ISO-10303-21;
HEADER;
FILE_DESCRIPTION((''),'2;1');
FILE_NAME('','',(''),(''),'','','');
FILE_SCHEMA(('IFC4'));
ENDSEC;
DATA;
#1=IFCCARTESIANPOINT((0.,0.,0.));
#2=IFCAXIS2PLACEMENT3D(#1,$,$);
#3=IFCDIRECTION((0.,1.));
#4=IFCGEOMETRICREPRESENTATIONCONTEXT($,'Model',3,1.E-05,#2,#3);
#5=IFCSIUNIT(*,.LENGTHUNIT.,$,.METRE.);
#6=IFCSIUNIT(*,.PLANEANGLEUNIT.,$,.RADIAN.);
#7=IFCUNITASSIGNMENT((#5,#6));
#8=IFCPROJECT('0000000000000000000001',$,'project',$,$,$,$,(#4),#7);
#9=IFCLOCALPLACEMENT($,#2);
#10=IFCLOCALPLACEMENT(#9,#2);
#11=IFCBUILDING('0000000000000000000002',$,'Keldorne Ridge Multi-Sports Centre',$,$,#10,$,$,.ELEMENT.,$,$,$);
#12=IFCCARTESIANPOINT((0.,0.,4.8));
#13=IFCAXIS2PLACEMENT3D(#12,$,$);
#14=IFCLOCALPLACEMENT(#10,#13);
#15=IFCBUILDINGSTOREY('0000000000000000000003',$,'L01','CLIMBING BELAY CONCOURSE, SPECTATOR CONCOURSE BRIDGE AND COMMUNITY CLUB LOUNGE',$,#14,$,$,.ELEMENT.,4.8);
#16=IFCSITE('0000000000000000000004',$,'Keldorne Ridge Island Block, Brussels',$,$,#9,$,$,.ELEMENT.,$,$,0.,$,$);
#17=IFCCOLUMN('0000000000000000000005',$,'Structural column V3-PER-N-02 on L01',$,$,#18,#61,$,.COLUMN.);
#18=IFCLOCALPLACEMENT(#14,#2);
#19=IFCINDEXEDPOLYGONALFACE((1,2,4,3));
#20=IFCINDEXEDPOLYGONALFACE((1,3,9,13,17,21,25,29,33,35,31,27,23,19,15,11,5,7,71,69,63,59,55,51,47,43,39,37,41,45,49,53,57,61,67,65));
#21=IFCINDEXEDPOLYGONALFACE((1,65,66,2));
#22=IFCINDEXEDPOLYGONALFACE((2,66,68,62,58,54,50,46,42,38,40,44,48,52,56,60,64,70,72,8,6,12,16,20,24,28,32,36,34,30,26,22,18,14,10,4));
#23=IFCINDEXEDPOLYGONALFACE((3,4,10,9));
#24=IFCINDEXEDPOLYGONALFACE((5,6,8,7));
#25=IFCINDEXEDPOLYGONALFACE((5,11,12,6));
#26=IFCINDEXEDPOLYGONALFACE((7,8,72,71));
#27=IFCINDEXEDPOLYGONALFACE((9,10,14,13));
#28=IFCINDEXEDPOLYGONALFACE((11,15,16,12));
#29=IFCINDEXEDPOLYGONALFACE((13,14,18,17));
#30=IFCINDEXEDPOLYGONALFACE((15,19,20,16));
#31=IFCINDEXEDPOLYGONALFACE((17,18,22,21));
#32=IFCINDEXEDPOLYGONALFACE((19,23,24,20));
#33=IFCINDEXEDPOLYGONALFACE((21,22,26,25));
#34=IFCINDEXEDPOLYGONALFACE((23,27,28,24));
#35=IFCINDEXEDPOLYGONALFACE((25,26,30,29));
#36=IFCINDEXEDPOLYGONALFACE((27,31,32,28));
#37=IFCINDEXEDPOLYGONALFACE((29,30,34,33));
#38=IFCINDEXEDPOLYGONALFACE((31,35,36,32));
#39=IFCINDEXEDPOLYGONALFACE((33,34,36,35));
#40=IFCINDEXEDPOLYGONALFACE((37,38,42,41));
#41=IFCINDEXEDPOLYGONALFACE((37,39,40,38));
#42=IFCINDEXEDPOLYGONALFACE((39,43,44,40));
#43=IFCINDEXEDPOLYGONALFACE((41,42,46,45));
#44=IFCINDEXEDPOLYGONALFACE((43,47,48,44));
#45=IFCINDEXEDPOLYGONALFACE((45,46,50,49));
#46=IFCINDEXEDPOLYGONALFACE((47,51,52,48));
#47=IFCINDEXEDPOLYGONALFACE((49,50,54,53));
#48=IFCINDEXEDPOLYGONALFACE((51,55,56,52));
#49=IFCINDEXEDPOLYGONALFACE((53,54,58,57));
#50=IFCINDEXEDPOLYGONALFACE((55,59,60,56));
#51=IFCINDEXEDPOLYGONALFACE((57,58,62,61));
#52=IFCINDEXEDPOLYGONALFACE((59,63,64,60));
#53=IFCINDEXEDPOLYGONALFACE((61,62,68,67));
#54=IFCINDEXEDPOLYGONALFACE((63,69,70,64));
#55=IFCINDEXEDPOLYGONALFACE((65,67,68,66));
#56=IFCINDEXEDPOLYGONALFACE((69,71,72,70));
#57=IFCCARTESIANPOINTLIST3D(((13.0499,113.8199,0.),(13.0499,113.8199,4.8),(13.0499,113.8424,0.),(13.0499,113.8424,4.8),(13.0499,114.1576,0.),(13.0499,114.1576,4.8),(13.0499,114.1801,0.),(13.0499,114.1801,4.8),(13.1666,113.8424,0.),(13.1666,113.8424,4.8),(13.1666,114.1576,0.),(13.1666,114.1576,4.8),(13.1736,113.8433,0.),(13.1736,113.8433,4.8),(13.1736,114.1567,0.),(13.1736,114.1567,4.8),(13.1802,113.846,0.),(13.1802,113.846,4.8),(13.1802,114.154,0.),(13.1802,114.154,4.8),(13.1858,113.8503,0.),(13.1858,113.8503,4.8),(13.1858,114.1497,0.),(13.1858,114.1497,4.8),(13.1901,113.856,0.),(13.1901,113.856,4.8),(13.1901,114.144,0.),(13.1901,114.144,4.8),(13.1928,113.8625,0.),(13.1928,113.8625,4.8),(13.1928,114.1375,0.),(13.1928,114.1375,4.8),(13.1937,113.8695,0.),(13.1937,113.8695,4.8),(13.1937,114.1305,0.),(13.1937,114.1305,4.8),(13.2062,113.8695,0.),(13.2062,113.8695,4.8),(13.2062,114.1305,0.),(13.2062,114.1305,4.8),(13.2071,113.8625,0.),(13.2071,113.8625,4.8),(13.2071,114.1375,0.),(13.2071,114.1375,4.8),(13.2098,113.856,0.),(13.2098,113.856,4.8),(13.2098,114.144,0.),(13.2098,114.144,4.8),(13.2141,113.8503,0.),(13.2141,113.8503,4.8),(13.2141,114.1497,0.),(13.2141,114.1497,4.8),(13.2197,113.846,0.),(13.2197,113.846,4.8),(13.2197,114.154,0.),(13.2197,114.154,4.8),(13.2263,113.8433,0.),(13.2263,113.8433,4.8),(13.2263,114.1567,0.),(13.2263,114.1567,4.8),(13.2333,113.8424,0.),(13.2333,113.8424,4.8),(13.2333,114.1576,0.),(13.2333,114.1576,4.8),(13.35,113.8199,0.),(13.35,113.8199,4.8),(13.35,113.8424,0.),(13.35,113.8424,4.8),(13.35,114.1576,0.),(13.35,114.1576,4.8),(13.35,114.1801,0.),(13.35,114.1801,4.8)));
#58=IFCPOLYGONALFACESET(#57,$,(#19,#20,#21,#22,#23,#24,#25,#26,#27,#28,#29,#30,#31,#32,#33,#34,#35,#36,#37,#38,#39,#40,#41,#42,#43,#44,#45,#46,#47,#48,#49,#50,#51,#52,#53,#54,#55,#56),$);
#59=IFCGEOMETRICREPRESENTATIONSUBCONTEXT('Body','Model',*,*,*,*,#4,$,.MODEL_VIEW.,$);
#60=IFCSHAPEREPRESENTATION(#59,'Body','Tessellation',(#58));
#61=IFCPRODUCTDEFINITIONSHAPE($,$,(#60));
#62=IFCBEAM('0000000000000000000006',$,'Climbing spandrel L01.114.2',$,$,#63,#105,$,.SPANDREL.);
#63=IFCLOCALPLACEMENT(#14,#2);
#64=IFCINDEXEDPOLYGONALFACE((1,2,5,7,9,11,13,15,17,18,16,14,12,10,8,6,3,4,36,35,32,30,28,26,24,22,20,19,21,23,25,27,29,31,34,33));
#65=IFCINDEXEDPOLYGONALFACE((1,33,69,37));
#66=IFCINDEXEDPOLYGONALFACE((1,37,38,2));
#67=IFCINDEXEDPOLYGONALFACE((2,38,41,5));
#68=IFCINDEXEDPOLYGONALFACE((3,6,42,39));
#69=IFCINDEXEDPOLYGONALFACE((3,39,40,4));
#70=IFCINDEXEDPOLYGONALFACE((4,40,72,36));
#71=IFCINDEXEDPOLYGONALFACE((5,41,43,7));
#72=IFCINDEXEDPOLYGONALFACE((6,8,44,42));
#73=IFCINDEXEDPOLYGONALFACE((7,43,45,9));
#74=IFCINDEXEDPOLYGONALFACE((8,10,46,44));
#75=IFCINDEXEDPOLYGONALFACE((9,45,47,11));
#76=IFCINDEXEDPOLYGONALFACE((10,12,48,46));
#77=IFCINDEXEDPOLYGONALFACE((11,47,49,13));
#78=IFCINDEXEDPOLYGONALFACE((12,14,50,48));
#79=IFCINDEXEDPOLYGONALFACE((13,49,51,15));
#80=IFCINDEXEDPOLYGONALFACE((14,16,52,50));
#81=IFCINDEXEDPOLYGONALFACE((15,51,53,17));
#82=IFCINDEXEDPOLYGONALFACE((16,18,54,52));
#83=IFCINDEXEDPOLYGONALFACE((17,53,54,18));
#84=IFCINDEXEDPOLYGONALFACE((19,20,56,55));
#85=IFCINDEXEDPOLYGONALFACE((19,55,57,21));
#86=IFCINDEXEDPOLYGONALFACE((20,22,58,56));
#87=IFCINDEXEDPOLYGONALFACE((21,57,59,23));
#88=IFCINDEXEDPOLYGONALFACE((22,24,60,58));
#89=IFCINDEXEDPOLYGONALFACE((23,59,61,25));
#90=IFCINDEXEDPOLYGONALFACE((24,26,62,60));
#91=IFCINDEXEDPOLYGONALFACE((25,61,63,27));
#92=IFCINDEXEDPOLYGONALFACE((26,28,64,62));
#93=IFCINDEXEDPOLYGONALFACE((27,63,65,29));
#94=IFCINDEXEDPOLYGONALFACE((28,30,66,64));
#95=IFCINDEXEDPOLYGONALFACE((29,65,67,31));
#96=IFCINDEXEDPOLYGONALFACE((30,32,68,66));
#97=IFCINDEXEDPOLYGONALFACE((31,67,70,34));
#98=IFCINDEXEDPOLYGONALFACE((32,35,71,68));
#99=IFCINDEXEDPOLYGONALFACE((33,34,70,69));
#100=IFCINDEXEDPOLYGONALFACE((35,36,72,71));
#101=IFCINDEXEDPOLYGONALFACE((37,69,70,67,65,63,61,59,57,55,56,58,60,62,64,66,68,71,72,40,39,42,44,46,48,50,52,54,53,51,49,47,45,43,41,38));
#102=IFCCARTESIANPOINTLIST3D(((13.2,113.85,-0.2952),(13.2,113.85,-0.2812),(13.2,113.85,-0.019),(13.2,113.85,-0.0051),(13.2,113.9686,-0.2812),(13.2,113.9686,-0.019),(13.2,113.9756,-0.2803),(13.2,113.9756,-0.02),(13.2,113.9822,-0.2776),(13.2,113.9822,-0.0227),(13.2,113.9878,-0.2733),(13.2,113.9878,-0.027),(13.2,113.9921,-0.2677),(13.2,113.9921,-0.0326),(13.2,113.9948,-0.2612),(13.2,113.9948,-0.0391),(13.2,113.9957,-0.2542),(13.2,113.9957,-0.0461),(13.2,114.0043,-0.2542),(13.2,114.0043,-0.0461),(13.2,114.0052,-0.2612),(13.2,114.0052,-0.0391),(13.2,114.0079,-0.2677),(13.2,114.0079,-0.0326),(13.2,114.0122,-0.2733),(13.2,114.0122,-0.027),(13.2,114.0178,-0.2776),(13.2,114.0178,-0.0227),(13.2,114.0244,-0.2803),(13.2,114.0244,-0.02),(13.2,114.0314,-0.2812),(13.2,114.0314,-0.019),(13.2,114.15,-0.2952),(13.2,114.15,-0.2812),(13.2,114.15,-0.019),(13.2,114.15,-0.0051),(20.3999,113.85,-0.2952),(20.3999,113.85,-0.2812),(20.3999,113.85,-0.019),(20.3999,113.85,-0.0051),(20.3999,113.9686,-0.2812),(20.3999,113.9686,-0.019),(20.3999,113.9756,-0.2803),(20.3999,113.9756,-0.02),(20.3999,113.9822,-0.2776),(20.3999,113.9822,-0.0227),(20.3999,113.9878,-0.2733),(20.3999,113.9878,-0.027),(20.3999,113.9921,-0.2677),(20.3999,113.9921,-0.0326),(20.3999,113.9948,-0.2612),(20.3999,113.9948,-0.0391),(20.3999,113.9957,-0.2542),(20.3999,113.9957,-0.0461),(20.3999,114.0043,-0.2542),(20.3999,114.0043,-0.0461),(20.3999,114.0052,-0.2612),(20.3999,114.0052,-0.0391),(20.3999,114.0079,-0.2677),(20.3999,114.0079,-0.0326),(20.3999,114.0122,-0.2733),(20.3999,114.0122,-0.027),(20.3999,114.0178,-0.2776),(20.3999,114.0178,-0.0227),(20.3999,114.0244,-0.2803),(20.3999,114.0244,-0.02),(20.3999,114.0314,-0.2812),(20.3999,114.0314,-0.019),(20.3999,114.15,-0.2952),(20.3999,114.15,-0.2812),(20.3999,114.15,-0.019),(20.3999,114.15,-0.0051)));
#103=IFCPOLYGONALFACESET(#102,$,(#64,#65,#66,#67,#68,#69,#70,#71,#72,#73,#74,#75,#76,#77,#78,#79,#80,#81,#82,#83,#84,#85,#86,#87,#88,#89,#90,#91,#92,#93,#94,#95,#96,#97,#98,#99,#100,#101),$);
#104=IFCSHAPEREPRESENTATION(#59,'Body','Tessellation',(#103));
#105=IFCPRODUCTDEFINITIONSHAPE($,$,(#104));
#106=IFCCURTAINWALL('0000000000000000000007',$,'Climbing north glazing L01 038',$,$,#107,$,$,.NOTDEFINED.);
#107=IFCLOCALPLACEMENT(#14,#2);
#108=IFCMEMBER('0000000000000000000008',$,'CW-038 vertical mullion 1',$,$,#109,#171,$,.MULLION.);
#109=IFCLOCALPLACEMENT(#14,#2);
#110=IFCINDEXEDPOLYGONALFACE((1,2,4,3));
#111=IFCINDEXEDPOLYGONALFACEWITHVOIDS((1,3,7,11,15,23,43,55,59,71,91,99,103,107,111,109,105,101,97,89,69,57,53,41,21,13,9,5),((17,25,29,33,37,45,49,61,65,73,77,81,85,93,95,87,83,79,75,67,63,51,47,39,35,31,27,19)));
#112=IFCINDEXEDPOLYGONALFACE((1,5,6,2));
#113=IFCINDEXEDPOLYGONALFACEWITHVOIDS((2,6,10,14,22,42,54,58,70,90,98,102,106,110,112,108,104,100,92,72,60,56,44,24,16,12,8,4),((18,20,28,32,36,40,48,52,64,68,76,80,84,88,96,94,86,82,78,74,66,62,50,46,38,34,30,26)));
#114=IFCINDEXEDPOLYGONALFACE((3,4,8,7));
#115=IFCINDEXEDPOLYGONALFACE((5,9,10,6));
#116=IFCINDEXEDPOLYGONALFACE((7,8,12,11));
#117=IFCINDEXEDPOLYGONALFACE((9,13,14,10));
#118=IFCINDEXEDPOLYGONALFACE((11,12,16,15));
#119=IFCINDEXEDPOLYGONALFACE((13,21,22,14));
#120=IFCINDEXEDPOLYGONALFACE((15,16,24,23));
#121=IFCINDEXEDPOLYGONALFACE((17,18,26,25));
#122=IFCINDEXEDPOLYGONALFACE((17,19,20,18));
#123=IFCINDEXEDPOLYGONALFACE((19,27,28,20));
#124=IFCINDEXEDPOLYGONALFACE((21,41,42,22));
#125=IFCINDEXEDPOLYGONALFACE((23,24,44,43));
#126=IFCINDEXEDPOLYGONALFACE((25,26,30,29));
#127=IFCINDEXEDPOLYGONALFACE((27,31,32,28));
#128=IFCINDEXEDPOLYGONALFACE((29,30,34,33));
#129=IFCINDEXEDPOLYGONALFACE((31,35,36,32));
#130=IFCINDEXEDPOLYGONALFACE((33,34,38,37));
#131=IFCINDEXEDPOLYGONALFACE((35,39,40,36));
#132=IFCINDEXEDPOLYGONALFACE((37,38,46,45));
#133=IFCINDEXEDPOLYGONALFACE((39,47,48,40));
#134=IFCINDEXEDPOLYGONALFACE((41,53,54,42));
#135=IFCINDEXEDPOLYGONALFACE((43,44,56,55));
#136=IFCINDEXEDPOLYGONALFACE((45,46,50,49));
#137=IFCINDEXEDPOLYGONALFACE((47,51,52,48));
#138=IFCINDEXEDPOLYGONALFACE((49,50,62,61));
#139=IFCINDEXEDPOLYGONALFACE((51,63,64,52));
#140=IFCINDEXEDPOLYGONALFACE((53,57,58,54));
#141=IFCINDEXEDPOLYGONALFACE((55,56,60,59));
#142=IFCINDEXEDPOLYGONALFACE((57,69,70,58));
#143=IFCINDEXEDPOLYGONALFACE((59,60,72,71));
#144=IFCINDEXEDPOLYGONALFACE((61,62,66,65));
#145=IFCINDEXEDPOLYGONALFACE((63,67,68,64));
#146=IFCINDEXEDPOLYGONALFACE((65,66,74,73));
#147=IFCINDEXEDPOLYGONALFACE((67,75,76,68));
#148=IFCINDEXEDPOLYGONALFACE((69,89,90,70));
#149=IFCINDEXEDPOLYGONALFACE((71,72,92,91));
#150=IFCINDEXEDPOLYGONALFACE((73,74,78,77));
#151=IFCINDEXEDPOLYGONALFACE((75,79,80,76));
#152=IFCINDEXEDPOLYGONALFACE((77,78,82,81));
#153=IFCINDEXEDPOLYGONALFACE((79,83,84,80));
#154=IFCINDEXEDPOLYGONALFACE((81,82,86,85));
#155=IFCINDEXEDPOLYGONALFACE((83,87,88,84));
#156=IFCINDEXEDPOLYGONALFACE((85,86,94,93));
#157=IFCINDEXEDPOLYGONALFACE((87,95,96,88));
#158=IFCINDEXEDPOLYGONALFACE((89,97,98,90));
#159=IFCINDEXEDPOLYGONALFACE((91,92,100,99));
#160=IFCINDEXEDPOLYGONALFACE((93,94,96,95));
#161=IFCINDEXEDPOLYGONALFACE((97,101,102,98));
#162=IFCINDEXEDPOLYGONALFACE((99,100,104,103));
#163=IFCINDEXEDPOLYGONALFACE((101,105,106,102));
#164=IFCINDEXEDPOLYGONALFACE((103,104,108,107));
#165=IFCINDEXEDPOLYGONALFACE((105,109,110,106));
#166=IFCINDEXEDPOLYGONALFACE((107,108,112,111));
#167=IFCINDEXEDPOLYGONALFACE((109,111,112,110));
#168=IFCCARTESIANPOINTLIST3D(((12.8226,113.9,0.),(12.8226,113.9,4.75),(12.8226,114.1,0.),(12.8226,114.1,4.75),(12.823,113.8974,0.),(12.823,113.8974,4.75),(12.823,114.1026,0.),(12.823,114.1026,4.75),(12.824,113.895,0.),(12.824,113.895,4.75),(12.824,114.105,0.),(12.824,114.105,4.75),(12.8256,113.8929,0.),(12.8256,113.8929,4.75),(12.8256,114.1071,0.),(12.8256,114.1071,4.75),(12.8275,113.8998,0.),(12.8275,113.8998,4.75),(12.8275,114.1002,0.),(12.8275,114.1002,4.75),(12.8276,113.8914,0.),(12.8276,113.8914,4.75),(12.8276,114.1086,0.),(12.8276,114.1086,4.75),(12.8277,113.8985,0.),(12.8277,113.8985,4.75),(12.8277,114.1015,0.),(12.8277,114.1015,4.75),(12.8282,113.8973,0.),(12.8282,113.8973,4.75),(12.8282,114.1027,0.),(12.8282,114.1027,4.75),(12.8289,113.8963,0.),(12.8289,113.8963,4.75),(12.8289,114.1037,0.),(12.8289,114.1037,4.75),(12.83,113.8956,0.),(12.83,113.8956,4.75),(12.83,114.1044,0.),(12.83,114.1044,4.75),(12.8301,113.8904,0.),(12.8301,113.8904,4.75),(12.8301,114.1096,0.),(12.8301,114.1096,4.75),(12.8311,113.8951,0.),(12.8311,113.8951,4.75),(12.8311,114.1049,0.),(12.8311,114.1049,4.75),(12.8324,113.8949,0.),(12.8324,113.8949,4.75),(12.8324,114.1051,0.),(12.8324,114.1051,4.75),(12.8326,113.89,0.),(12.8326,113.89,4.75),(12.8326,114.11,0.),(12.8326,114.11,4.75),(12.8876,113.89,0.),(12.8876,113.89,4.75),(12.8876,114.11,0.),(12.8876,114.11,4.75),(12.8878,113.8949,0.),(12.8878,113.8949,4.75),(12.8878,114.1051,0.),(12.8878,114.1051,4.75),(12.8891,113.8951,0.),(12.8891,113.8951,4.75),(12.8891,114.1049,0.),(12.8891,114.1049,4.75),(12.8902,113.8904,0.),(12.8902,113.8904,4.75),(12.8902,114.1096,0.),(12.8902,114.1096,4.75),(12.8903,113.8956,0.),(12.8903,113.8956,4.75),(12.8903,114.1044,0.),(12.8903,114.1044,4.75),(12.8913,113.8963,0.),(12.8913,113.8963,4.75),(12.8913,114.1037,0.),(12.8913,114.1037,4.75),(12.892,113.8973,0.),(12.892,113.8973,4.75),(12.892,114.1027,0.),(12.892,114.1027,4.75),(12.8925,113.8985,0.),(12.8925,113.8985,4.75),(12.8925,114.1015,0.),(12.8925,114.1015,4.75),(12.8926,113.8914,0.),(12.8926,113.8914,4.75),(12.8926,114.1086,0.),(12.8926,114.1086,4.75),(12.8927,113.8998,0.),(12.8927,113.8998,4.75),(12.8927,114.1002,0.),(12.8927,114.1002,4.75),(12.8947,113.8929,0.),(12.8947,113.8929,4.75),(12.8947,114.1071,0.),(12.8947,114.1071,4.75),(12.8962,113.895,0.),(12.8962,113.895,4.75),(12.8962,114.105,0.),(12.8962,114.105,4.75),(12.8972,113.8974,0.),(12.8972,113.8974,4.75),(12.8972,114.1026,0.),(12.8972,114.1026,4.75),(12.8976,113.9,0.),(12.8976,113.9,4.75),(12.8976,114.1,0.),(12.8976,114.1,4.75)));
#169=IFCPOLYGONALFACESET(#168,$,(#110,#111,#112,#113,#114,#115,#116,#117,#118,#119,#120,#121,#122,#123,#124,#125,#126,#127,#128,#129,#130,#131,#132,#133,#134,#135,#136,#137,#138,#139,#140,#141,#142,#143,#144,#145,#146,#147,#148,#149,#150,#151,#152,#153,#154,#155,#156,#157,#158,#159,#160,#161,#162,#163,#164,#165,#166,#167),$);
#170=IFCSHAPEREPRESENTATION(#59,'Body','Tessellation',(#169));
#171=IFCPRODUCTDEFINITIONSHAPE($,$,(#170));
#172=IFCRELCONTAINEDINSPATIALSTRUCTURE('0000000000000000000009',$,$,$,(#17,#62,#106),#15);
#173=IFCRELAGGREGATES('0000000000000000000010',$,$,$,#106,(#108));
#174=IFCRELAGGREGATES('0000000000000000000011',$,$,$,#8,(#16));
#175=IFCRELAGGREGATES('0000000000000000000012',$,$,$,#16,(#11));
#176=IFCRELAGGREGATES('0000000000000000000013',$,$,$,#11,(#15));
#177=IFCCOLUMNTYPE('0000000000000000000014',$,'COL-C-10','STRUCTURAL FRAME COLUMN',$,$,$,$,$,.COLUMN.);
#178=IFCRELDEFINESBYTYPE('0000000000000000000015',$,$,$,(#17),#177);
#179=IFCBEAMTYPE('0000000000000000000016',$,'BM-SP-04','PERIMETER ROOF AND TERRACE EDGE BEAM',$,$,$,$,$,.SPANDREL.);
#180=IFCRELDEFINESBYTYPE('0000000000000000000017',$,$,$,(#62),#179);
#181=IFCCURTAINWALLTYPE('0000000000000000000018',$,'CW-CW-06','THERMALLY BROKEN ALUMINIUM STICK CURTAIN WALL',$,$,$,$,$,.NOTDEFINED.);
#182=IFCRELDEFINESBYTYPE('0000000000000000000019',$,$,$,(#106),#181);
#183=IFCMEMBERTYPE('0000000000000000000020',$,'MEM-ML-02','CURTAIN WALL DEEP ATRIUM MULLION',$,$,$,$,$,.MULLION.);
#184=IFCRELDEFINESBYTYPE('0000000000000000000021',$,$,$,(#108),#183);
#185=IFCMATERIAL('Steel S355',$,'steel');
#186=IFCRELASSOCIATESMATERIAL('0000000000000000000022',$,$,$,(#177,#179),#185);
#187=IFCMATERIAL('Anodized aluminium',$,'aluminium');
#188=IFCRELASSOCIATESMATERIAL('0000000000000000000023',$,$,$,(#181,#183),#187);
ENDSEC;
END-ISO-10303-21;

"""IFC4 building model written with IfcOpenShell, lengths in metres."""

from ifc_helpers import new_model, si_unit, direction, frame, origin, origin_2d, place, context, subcontext, project, spatial, hollow_rectangle, i_section, extrude, material, material_profile, profile_set, type_object, element, aggregate, save


model = new_model("IFC4")

# Units and contexts
model_context = context("Model", 3, precision=1e-05, world=origin(), true_north=direction((0.0, 1.0)))
body_context = subcontext(model_context, "Body", "Model", "MODEL_VIEW")
ifc_project = project(units=[si_unit("LENGTHUNIT", "METRE"), si_unit("PLANEANGLEUNIT", "RADIAN")], contexts=[model_context])

# Site, building, storey
site_placement = place(None, origin())
site = spatial("IfcSite", under=ifc_project, at=site_placement, Name="Keldorne Ridge Island Block, Brussels", CompositionType="ELEMENT", RefElevation=0.0)
building_placement = place(site_placement, origin())
building = spatial("IfcBuilding", under=site, at=building_placement, Name="Keldorne Ridge Multi-Sports Centre", CompositionType="ELEMENT")
storey_placement = place(building_placement, frame((0.0, 0.0, 4.8)))
storey = spatial("IfcBuildingStorey", under=building, at=storey_placement, Name="L01", Description="CLIMBING BELAY CONCOURSE, SPECTATOR CONCOURSE BRIDGE AND COMMUNITY CLUB LOUNGE", CompositionType="ELEMENT", Elevation=4.8)

# Column
ifc_material_1 = material(Name="Steel S355", Category="steel")
ifc_material_profile_1 = material_profile(ifc_material_1, i_section(OverallWidth=0.3, OverallDepth=0.3601, WebThickness=0.0125, FlangeThickness=0.0225, FilletRadius=0.0271, at=origin_2d()), Name="HEB 360")
ifc_profile_set_1 = profile_set([ifc_material_profile_1], Name="Steel S355")
column_type = type_object("IfcColumnType", Name="COL-C-10", Description="STRUCTURAL FRAME COLUMN", PredefinedType="COLUMN", material=ifc_profile_set_1)
column_placement = place(storey_placement, frame((13.2, 114.0, 0.0), z_axis=(0.0, 0.0, 1.0), x_axis=(1.0, 0.0, 0.0)))
element("IfcColumn", 1, at=column_placement, inside=storey, type_object=column_type, Name="Structural column V3-PER-N-02 on L01", PredefinedType="COLUMN", context=body_context, shape_type="SweptSolid", body=[
    extrude(i_section(OverallWidth=0.3, OverallDepth=0.3601, WebThickness=0.0125, FlangeThickness=0.0225, FilletRadius=0.0271, at=origin_2d()), origin(), (0.0, 0.0, 1.0), 4.8),
])

# Beam
ifc_material_profile_2 = material_profile(ifc_material_1, i_section(OverallWidth=0.3, OverallDepth=0.29, WebThickness=0.0085, FlangeThickness=0.0139, FilletRadius=0.0271, at=origin_2d()), Name="HEA 300")
ifc_profile_set_2 = profile_set([ifc_material_profile_2], Name="Steel S355")
beam_type = type_object("IfcBeamType", Name="BM-SP-04", Description="PERIMETER ROOF AND TERRACE EDGE BEAM", PredefinedType="SPANDREL", material=ifc_profile_set_2)
beam_placement = place(storey_placement, frame((13.2, 114.0, -0.1501), z_axis=(1.0, 0.0, 0.0), x_axis=(0.0, 1.0, 0.0)))
element("IfcBeam", 2, at=beam_placement, inside=storey, type_object=beam_type, Name="Climbing spandrel L01.114.2", PredefinedType="SPANDREL", context=body_context, shape_type="SweptSolid", body=[
    extrude(i_section(OverallWidth=0.3, OverallDepth=0.29, WebThickness=0.0085, FlangeThickness=0.0139, FilletRadius=0.0271, at=origin_2d()), origin(), (0.0, 0.0, 1.0), 7.2),
])

# Curtain wall, member
ifc_material_2 = material(Name="Anodized aluminium", Category="aluminium")
curtain_wall_type_1 = type_object("IfcCurtainWallType", Name="CW-CW-06", Description="THERMALLY BROKEN ALUMINIUM STICK CURTAIN WALL", PredefinedType="NOTDEFINED", material=ifc_material_2)
curtain_wall_1_placement = place(storey_placement, origin())
curtain_wall_1 = element("IfcCurtainWall", 3, at=curtain_wall_1_placement, inside=storey, type_object=curtain_wall_type_1, Name="Climbing north glazing L01 038", PredefinedType="NOTDEFINED")
ifc_material_profile_3 = material_profile(ifc_material_2, hollow_rectangle(XDim=0.075, YDim=0.22, WallThickness=0.0049, InnerFilletRadius=0.0049, OuterFilletRadius=0.01, at=origin_2d()), Name="ALU MULLION 220x75x5")
ifc_profile_set_3 = profile_set([ifc_material_profile_3], Name="Anodized aluminium")
member_type_1 = type_object("IfcMemberType", Name="MEM-ML-02", Description="CURTAIN WALL DEEP ATRIUM MULLION", PredefinedType="MULLION", material=ifc_profile_set_3)
member_1_placement = place(storey_placement, frame((12.8601, 114.0, 0.0), z_axis=(0.0, 0.0, 1.0), x_axis=(1.0, 0.0, 0.0)))
member_1 = element("IfcMember", 4, at=member_1_placement, type_object=member_type_1, Name="CW-038 vertical mullion 1", PredefinedType="MULLION", context=body_context, shape_type="SweptSolid", body=[
    extrude(hollow_rectangle(XDim=0.075, YDim=0.22, WallThickness=0.0049, InnerFilletRadius=0.0049, OuterFilletRadius=0.01, at=origin_2d()), origin(), (0.0, 0.0, 1.0), 4.75),
])

aggregate(curtain_wall_1, [member_1])

save(model, "model.ifc")
